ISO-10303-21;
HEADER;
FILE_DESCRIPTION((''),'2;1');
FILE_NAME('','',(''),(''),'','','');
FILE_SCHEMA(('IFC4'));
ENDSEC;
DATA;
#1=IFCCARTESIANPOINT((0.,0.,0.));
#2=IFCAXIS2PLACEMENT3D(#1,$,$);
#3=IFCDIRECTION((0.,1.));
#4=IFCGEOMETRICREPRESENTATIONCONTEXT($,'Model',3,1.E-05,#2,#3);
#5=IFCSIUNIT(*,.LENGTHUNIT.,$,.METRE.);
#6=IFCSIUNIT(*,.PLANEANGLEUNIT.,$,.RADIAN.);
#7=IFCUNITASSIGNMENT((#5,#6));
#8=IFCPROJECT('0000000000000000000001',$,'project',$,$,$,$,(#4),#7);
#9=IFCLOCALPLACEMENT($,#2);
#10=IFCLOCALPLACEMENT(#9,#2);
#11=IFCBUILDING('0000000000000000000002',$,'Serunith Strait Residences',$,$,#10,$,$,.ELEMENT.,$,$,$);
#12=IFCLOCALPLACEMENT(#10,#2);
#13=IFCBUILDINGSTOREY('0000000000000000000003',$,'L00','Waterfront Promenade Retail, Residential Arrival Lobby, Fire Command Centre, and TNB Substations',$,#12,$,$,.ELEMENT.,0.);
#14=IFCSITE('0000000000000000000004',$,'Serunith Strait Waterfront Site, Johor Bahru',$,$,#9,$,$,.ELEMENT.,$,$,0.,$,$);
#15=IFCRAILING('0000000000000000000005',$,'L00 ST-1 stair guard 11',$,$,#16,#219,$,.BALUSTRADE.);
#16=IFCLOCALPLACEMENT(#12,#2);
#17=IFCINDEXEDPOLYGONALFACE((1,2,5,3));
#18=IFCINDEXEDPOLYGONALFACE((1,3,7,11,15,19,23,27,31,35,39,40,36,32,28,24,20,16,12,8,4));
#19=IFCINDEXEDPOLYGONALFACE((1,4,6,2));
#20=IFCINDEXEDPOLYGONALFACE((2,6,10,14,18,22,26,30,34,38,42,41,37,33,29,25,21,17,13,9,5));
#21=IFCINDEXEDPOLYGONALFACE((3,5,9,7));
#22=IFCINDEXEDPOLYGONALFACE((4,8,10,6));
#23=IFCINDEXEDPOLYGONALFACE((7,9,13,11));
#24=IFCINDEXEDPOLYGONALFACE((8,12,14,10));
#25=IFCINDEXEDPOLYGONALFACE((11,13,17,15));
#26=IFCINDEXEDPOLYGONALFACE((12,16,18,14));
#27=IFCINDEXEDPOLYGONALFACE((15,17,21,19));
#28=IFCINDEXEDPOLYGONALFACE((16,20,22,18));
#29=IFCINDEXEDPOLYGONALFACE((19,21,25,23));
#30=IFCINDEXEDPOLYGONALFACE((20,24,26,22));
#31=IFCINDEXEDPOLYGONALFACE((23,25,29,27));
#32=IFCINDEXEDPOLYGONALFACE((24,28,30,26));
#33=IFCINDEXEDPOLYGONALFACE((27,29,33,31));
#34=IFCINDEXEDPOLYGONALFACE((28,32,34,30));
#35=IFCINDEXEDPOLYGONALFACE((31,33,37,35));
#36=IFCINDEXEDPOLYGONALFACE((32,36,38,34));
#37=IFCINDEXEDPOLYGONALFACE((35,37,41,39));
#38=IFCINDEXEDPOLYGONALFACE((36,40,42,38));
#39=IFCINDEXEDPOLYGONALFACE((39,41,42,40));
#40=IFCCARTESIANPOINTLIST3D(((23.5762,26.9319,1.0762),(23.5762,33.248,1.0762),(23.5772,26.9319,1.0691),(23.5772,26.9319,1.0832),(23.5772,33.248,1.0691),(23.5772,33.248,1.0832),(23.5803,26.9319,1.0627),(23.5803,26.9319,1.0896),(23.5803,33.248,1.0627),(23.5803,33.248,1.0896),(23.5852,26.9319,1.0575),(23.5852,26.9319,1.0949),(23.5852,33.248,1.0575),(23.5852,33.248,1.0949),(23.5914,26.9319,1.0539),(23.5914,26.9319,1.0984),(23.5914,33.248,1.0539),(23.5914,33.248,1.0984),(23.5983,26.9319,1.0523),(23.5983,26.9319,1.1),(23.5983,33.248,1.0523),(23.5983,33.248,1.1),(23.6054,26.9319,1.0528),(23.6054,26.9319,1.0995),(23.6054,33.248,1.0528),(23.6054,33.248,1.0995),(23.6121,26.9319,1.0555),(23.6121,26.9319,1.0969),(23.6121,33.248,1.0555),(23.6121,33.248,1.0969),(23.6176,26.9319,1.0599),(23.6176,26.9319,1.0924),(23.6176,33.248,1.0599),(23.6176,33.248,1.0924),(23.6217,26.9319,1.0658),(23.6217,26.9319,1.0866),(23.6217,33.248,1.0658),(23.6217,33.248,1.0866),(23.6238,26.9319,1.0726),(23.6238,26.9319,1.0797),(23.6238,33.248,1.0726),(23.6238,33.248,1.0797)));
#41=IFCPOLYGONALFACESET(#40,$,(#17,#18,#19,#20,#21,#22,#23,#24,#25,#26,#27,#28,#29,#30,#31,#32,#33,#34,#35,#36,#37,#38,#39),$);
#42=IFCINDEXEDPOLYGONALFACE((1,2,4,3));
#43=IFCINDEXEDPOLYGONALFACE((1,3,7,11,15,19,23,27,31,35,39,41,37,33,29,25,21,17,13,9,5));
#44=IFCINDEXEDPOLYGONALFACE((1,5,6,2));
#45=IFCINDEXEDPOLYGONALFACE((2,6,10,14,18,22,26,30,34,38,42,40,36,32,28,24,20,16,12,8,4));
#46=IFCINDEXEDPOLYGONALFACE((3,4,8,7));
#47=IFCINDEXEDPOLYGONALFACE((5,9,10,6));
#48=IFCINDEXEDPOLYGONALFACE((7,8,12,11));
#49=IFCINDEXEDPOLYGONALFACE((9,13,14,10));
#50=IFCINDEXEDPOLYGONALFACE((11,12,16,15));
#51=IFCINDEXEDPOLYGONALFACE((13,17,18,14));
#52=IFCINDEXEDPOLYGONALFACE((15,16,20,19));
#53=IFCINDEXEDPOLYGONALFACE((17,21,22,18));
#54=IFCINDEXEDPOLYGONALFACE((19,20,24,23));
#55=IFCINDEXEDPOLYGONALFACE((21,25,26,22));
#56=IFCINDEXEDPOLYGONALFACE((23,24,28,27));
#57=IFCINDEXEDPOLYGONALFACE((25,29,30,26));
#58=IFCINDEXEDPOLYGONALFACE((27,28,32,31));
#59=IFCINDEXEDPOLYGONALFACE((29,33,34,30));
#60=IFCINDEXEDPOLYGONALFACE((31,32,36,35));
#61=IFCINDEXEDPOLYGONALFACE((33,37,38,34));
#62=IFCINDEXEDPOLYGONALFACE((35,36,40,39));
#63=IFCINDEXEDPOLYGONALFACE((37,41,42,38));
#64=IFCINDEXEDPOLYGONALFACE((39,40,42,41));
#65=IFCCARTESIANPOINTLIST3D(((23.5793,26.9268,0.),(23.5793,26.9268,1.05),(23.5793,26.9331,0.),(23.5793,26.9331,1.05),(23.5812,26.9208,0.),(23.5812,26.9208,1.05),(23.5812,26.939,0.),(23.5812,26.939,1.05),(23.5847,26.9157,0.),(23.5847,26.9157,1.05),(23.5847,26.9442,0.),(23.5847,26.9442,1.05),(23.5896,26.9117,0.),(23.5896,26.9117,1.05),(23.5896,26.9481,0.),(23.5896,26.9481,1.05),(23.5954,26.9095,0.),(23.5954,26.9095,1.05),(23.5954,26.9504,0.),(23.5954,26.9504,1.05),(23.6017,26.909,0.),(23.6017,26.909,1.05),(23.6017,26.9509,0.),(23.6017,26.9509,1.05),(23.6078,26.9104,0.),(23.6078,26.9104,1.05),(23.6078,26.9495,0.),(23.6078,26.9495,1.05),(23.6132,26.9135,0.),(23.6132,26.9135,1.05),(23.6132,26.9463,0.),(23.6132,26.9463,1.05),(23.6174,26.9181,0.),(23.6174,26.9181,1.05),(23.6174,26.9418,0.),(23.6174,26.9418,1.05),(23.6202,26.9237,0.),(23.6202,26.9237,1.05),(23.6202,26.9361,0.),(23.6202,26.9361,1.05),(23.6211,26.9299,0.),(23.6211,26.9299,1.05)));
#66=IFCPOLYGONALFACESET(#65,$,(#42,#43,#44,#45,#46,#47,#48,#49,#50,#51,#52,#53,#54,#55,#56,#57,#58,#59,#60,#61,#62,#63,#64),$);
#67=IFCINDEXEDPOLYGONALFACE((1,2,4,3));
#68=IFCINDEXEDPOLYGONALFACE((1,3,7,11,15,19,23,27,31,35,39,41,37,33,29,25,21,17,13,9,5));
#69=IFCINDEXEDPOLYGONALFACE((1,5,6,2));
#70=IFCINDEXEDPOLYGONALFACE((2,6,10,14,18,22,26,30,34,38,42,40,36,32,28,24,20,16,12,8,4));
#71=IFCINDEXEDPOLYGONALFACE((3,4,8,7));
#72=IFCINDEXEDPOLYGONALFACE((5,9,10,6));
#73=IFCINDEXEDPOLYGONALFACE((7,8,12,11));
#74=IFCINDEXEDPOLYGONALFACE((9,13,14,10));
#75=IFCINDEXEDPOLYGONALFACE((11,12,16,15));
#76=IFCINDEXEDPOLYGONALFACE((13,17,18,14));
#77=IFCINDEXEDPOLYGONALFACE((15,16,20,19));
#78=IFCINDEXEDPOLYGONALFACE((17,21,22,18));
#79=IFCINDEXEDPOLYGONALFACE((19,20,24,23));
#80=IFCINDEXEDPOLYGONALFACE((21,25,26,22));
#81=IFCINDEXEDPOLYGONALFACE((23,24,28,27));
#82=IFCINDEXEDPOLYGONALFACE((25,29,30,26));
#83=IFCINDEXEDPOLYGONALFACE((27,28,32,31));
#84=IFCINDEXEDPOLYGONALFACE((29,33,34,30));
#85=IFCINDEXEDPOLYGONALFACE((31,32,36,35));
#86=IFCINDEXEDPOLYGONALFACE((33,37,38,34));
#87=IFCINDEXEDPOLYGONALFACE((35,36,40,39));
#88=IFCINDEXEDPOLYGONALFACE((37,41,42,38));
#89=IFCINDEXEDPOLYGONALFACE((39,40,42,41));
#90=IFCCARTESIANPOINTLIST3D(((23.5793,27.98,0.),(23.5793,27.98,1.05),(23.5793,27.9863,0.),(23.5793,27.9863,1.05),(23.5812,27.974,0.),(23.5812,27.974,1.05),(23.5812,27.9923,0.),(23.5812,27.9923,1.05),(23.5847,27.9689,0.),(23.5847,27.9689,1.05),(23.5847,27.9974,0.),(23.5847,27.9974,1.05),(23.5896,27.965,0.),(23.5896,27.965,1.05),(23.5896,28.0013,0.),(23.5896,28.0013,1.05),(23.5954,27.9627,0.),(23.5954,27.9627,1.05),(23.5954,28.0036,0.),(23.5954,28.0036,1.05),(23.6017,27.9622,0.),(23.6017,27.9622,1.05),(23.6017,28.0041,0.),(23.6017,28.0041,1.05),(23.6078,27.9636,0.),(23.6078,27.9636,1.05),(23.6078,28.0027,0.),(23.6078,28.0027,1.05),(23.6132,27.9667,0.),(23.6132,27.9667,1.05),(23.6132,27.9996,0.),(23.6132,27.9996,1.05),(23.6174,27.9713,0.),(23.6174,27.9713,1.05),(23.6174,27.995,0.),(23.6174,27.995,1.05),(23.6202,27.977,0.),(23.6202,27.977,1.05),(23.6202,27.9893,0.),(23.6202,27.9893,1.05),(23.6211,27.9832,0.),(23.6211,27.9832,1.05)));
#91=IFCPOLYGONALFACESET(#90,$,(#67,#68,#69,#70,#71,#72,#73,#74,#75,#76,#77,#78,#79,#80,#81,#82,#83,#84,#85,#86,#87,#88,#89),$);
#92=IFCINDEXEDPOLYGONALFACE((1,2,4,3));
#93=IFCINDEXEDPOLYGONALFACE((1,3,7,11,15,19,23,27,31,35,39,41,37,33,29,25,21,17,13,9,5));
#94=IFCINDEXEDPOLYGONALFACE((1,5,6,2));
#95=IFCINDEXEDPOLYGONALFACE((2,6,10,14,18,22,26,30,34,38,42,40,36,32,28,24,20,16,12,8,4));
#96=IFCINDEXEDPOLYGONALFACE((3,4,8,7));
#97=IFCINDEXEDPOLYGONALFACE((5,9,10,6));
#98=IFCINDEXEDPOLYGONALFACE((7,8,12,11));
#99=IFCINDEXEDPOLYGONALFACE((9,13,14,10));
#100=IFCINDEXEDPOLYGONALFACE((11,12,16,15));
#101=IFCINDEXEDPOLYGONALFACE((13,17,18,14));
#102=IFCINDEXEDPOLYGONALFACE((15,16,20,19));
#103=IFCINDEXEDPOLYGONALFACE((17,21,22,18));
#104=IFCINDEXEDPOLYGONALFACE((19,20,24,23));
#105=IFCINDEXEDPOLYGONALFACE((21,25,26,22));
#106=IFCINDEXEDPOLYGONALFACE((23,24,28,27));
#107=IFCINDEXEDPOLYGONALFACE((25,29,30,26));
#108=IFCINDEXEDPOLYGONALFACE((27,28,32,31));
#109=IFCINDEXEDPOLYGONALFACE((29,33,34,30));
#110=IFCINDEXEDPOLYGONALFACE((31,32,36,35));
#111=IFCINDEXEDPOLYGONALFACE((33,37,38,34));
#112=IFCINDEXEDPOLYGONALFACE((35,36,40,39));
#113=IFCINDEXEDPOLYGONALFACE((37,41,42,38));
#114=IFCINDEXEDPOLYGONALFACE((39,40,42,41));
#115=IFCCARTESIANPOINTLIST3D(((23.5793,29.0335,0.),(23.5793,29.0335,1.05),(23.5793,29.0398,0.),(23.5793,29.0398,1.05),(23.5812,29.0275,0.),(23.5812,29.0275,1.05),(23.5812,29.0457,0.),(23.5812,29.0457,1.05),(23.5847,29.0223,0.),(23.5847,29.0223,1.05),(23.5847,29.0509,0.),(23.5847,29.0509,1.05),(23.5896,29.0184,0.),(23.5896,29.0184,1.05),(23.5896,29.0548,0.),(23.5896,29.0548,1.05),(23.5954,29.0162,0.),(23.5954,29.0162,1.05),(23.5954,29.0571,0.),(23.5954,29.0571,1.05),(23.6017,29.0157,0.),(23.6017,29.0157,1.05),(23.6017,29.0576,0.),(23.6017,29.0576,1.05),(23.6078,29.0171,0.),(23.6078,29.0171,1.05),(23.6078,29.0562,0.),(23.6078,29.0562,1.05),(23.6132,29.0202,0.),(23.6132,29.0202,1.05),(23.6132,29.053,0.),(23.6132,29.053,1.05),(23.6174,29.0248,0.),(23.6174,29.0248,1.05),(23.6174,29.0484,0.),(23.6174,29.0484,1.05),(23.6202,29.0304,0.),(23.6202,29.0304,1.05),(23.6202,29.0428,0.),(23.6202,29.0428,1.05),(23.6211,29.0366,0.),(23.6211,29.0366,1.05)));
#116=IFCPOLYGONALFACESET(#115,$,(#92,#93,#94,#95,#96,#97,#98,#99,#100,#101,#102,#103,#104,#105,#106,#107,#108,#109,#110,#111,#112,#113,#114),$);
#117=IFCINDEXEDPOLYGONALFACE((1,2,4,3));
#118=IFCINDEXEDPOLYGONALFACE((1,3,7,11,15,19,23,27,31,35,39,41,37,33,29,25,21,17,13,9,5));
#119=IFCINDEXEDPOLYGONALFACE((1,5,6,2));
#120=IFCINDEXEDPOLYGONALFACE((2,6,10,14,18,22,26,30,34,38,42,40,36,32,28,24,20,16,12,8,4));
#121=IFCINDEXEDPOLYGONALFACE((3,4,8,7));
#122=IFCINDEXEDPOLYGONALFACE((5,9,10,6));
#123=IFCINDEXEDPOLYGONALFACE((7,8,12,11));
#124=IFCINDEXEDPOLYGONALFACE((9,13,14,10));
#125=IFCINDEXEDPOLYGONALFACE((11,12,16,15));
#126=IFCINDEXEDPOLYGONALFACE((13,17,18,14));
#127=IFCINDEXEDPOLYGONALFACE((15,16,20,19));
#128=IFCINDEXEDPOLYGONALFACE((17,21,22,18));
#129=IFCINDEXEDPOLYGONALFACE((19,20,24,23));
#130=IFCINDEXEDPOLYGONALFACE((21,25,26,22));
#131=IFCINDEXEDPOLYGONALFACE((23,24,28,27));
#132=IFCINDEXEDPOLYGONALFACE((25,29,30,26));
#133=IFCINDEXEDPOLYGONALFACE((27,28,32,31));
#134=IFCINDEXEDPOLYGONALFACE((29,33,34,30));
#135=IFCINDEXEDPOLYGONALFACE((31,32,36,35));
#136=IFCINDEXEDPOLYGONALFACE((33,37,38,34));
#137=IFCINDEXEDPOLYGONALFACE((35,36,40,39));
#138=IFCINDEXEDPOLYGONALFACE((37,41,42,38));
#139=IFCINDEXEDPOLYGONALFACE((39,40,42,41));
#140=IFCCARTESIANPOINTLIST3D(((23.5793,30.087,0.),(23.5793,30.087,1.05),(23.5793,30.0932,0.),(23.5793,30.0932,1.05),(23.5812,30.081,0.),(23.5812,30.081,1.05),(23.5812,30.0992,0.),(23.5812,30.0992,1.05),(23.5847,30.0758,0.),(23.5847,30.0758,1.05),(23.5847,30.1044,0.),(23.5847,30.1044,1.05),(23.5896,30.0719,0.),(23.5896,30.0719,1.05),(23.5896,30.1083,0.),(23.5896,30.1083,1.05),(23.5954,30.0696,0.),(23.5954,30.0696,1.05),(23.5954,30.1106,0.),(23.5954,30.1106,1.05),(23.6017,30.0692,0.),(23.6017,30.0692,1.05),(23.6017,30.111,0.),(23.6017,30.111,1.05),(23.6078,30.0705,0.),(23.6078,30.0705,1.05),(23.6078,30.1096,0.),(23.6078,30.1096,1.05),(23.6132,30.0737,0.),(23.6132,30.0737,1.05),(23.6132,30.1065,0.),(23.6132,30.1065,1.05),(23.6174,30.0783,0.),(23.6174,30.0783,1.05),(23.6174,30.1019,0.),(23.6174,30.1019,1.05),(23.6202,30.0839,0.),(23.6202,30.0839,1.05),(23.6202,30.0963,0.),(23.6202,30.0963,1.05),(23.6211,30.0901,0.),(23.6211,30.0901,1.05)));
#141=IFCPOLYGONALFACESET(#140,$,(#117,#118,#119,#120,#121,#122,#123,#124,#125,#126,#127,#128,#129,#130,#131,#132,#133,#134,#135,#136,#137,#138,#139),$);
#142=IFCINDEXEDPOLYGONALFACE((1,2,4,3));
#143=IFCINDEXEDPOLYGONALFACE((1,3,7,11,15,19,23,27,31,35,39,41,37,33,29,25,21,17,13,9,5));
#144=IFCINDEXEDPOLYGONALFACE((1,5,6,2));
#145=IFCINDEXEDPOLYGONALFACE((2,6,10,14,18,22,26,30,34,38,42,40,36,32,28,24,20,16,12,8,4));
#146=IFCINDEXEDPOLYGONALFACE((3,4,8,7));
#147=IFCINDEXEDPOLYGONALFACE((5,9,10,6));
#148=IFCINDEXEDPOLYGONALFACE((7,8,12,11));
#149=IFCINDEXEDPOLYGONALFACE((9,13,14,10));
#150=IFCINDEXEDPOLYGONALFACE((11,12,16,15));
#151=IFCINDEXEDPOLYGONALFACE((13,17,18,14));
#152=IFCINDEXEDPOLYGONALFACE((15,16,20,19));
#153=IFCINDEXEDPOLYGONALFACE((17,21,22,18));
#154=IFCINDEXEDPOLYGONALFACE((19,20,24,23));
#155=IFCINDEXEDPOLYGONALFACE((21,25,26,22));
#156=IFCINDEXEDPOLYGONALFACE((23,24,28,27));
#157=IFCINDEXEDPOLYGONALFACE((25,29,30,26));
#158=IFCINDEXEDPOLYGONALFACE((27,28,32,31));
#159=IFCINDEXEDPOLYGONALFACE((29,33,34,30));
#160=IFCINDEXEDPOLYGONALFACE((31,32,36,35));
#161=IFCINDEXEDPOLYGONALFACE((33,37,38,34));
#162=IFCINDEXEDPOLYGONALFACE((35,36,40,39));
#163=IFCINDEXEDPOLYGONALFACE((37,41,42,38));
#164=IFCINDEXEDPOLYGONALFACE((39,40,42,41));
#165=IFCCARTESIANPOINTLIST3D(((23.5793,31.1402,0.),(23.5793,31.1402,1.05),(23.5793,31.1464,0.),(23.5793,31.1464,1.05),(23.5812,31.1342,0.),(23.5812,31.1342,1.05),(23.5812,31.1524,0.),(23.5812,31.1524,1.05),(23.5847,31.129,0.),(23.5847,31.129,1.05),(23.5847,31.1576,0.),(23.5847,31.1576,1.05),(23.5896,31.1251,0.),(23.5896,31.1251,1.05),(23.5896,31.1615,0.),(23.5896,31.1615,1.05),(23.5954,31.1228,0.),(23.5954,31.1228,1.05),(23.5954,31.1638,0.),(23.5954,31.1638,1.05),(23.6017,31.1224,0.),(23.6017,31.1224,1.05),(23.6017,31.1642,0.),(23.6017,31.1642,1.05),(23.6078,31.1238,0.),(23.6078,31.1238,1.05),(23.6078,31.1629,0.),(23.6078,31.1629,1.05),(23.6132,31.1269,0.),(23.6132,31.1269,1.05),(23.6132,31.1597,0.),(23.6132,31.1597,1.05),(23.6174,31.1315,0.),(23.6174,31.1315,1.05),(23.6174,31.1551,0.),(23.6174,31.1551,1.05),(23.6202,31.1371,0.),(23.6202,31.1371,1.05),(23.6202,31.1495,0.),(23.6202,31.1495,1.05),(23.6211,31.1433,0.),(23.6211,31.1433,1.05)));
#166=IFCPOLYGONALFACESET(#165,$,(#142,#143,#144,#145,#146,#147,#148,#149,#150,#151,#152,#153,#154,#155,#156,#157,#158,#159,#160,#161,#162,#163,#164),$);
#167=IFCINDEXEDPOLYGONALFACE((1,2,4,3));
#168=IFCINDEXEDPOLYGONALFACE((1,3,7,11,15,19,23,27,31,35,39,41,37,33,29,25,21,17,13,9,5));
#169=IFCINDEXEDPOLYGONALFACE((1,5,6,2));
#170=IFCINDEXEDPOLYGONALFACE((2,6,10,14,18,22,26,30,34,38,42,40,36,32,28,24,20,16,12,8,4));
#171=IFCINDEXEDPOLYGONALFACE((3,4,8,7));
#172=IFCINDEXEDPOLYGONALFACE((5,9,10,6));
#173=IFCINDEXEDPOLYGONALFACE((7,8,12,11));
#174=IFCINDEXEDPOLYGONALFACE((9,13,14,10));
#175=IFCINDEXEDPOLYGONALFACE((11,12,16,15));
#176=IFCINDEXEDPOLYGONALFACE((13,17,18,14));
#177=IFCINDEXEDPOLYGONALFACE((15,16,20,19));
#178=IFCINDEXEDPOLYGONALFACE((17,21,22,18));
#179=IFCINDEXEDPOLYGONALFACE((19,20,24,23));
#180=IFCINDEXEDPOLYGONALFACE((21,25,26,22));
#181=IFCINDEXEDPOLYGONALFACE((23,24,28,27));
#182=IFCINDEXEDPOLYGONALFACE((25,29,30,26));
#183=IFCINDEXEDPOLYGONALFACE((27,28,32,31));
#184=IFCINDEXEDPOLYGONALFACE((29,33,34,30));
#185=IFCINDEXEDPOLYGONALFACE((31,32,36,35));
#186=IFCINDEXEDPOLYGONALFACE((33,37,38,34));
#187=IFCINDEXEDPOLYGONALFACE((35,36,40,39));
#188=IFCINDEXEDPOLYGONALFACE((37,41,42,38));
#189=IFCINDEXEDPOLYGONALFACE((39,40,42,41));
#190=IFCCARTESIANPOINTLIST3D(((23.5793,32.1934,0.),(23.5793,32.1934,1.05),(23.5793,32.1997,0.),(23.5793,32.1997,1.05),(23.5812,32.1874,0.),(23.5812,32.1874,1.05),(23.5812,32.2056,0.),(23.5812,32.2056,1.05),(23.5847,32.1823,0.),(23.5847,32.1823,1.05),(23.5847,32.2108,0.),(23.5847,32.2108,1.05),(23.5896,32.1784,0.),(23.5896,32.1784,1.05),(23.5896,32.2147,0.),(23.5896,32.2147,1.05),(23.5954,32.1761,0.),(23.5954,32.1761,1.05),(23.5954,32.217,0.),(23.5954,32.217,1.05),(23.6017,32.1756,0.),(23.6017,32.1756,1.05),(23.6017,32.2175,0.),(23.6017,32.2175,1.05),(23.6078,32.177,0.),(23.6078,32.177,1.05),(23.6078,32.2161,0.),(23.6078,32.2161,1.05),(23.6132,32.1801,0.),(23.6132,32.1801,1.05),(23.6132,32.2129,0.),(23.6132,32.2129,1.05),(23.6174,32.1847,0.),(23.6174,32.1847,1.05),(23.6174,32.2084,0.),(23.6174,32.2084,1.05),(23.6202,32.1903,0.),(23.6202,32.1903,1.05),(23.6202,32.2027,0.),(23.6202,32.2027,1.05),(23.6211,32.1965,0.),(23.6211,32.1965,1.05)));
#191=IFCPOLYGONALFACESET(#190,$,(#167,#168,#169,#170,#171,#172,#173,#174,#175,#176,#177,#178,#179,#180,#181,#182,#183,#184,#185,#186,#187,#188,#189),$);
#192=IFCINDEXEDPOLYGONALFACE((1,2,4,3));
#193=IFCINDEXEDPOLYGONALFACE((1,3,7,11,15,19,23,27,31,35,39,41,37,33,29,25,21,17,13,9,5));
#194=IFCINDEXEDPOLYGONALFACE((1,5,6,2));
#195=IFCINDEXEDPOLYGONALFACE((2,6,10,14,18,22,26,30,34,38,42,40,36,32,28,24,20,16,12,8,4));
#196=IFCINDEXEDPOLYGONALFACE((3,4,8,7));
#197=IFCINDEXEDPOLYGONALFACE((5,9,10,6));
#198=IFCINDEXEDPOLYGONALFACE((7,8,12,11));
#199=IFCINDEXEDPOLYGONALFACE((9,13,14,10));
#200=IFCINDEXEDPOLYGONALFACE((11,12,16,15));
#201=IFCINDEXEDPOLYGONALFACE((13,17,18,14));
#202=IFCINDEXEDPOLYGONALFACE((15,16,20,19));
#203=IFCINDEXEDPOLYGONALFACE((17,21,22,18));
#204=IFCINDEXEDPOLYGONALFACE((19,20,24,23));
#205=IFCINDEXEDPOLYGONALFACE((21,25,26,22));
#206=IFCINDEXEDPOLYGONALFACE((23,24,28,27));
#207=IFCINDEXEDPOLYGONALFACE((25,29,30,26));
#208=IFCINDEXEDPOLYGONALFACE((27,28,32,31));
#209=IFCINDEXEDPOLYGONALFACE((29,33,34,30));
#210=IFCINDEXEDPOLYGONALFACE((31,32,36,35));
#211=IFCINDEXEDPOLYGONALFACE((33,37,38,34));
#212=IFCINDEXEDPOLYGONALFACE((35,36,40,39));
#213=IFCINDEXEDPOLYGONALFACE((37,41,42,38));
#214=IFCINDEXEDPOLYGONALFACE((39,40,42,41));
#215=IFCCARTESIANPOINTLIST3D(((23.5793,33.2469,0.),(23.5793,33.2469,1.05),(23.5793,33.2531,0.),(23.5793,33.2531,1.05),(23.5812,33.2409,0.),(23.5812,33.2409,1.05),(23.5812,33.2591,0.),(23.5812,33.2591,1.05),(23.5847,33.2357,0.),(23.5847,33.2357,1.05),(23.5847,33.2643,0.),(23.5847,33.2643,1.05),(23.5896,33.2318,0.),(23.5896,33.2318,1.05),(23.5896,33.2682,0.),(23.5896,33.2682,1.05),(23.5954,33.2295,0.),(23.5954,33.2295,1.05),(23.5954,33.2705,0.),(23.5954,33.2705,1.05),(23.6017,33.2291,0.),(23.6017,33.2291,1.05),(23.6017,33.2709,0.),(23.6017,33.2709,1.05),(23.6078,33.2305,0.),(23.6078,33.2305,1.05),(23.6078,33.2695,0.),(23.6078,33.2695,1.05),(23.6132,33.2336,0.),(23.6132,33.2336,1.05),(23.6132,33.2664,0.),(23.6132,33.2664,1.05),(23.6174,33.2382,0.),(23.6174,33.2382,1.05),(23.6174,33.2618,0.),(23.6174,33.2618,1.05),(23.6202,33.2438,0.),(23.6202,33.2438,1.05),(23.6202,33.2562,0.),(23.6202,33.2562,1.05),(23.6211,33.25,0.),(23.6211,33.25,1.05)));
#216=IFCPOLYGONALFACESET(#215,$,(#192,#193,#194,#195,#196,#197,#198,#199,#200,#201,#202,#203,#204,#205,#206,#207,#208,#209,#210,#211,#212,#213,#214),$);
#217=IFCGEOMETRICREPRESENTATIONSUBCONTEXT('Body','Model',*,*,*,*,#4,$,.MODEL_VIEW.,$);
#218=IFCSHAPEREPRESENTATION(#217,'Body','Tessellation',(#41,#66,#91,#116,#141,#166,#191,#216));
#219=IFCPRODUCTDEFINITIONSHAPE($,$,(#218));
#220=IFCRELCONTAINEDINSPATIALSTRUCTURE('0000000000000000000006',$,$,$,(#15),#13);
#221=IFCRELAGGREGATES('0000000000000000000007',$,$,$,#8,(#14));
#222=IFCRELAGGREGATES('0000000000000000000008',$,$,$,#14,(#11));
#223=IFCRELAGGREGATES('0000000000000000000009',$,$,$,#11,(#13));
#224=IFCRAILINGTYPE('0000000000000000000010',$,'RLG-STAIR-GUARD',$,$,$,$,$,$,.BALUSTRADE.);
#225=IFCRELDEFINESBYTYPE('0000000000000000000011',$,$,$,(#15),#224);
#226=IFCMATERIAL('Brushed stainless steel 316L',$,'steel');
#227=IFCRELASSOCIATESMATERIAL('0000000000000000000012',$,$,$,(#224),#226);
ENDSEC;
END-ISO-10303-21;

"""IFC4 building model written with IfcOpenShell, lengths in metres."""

from ifc_helpers import new_model, si_unit, direction, frame, origin, origin_2d, place, context, subcontext, project, spatial, circle, extrude, material, type_object, element, save


model = new_model("IFC4")

# Units and contexts
model_context = context("Model", 3, precision=1e-05, world=origin(), true_north=direction((0.0, 1.0)))
body_context = subcontext(model_context, "Body", "Model", "MODEL_VIEW")
ifc_project = project(units=[si_unit("LENGTHUNIT", "METRE"), si_unit("PLANEANGLEUNIT", "RADIAN")], contexts=[model_context])

# Site, building, storey
site_placement = place(None, origin())
site = spatial("IfcSite", under=ifc_project, at=site_placement, Name="Serunith Strait Waterfront Site, Johor Bahru", CompositionType="ELEMENT", RefElevation=0.0)
building_placement = place(site_placement, origin())
building = spatial("IfcBuilding", under=site, at=building_placement, Name="Serunith Strait Residences", CompositionType="ELEMENT")
storey_placement = place(building_placement, origin())
storey = spatial("IfcBuildingStorey", under=building, at=storey_placement, Name="L00", Description="Waterfront Promenade Retail, Residential Arrival Lobby, Fire Command Centre, and TNB Substations", CompositionType="ELEMENT", Elevation=0.0)

# Railing
ifc_material_1 = material(Name="Brushed stainless steel 316L", Category="steel")
railing_type = type_object("IfcRailingType", Name="RLG-STAIR-GUARD", PredefinedType="BALUSTRADE", material=ifc_material_1)
railing_placement = place(storey_placement, frame((23.6001, 26.9299, 0.0)))
element("IfcRailing", 1, at=railing_placement, inside=storey, type_object=railing_type, Name="L00 ST-1 stair guard 11", PredefinedType="BALUSTRADE", context=body_context, shape_type="SweptSolid", body=[
    extrude(circle(Radius=0.0239, at=origin_2d()), frame((0.0, 0.002, 1.0762), z_axis=(0.0, 1.0, 0.0), x_axis=(-1.0, 0.0, 0.0)), (0.0, 0.0, 1.0), 6.3162),
    extrude(circle(Radius=0.021, at=origin_2d()), origin(), (0.0, 0.0, 1.0), 1.05),
    extrude(circle(Radius=0.021, at=origin_2d()), frame((0.0, 1.0532, 0.0)), (0.0, 0.0, 1.0), 1.05),
    extrude(circle(Radius=0.021, at=origin_2d()), frame((0.0, 2.1067, 0.0)), (0.0, 0.0, 1.0), 1.05),
    extrude(circle(Radius=0.021, at=origin_2d()), frame((0.0, 3.1602, 0.0)), (0.0, 0.0, 1.0), 1.05),
    extrude(circle(Radius=0.021, at=origin_2d()), frame((0.0, 4.2134, 0.0)), (0.0, 0.0, 1.0), 1.05),
    extrude(circle(Radius=0.021, at=origin_2d()), frame((0.0, 5.2666, 0.0)), (0.0, 0.0, 1.0), 1.05),
    extrude(circle(Radius=0.021, at=origin_2d()), frame((0.0, 6.3201, 0.0)), (0.0, 0.0, 1.0), 1.05),
])

save(model, "model.ifc")
